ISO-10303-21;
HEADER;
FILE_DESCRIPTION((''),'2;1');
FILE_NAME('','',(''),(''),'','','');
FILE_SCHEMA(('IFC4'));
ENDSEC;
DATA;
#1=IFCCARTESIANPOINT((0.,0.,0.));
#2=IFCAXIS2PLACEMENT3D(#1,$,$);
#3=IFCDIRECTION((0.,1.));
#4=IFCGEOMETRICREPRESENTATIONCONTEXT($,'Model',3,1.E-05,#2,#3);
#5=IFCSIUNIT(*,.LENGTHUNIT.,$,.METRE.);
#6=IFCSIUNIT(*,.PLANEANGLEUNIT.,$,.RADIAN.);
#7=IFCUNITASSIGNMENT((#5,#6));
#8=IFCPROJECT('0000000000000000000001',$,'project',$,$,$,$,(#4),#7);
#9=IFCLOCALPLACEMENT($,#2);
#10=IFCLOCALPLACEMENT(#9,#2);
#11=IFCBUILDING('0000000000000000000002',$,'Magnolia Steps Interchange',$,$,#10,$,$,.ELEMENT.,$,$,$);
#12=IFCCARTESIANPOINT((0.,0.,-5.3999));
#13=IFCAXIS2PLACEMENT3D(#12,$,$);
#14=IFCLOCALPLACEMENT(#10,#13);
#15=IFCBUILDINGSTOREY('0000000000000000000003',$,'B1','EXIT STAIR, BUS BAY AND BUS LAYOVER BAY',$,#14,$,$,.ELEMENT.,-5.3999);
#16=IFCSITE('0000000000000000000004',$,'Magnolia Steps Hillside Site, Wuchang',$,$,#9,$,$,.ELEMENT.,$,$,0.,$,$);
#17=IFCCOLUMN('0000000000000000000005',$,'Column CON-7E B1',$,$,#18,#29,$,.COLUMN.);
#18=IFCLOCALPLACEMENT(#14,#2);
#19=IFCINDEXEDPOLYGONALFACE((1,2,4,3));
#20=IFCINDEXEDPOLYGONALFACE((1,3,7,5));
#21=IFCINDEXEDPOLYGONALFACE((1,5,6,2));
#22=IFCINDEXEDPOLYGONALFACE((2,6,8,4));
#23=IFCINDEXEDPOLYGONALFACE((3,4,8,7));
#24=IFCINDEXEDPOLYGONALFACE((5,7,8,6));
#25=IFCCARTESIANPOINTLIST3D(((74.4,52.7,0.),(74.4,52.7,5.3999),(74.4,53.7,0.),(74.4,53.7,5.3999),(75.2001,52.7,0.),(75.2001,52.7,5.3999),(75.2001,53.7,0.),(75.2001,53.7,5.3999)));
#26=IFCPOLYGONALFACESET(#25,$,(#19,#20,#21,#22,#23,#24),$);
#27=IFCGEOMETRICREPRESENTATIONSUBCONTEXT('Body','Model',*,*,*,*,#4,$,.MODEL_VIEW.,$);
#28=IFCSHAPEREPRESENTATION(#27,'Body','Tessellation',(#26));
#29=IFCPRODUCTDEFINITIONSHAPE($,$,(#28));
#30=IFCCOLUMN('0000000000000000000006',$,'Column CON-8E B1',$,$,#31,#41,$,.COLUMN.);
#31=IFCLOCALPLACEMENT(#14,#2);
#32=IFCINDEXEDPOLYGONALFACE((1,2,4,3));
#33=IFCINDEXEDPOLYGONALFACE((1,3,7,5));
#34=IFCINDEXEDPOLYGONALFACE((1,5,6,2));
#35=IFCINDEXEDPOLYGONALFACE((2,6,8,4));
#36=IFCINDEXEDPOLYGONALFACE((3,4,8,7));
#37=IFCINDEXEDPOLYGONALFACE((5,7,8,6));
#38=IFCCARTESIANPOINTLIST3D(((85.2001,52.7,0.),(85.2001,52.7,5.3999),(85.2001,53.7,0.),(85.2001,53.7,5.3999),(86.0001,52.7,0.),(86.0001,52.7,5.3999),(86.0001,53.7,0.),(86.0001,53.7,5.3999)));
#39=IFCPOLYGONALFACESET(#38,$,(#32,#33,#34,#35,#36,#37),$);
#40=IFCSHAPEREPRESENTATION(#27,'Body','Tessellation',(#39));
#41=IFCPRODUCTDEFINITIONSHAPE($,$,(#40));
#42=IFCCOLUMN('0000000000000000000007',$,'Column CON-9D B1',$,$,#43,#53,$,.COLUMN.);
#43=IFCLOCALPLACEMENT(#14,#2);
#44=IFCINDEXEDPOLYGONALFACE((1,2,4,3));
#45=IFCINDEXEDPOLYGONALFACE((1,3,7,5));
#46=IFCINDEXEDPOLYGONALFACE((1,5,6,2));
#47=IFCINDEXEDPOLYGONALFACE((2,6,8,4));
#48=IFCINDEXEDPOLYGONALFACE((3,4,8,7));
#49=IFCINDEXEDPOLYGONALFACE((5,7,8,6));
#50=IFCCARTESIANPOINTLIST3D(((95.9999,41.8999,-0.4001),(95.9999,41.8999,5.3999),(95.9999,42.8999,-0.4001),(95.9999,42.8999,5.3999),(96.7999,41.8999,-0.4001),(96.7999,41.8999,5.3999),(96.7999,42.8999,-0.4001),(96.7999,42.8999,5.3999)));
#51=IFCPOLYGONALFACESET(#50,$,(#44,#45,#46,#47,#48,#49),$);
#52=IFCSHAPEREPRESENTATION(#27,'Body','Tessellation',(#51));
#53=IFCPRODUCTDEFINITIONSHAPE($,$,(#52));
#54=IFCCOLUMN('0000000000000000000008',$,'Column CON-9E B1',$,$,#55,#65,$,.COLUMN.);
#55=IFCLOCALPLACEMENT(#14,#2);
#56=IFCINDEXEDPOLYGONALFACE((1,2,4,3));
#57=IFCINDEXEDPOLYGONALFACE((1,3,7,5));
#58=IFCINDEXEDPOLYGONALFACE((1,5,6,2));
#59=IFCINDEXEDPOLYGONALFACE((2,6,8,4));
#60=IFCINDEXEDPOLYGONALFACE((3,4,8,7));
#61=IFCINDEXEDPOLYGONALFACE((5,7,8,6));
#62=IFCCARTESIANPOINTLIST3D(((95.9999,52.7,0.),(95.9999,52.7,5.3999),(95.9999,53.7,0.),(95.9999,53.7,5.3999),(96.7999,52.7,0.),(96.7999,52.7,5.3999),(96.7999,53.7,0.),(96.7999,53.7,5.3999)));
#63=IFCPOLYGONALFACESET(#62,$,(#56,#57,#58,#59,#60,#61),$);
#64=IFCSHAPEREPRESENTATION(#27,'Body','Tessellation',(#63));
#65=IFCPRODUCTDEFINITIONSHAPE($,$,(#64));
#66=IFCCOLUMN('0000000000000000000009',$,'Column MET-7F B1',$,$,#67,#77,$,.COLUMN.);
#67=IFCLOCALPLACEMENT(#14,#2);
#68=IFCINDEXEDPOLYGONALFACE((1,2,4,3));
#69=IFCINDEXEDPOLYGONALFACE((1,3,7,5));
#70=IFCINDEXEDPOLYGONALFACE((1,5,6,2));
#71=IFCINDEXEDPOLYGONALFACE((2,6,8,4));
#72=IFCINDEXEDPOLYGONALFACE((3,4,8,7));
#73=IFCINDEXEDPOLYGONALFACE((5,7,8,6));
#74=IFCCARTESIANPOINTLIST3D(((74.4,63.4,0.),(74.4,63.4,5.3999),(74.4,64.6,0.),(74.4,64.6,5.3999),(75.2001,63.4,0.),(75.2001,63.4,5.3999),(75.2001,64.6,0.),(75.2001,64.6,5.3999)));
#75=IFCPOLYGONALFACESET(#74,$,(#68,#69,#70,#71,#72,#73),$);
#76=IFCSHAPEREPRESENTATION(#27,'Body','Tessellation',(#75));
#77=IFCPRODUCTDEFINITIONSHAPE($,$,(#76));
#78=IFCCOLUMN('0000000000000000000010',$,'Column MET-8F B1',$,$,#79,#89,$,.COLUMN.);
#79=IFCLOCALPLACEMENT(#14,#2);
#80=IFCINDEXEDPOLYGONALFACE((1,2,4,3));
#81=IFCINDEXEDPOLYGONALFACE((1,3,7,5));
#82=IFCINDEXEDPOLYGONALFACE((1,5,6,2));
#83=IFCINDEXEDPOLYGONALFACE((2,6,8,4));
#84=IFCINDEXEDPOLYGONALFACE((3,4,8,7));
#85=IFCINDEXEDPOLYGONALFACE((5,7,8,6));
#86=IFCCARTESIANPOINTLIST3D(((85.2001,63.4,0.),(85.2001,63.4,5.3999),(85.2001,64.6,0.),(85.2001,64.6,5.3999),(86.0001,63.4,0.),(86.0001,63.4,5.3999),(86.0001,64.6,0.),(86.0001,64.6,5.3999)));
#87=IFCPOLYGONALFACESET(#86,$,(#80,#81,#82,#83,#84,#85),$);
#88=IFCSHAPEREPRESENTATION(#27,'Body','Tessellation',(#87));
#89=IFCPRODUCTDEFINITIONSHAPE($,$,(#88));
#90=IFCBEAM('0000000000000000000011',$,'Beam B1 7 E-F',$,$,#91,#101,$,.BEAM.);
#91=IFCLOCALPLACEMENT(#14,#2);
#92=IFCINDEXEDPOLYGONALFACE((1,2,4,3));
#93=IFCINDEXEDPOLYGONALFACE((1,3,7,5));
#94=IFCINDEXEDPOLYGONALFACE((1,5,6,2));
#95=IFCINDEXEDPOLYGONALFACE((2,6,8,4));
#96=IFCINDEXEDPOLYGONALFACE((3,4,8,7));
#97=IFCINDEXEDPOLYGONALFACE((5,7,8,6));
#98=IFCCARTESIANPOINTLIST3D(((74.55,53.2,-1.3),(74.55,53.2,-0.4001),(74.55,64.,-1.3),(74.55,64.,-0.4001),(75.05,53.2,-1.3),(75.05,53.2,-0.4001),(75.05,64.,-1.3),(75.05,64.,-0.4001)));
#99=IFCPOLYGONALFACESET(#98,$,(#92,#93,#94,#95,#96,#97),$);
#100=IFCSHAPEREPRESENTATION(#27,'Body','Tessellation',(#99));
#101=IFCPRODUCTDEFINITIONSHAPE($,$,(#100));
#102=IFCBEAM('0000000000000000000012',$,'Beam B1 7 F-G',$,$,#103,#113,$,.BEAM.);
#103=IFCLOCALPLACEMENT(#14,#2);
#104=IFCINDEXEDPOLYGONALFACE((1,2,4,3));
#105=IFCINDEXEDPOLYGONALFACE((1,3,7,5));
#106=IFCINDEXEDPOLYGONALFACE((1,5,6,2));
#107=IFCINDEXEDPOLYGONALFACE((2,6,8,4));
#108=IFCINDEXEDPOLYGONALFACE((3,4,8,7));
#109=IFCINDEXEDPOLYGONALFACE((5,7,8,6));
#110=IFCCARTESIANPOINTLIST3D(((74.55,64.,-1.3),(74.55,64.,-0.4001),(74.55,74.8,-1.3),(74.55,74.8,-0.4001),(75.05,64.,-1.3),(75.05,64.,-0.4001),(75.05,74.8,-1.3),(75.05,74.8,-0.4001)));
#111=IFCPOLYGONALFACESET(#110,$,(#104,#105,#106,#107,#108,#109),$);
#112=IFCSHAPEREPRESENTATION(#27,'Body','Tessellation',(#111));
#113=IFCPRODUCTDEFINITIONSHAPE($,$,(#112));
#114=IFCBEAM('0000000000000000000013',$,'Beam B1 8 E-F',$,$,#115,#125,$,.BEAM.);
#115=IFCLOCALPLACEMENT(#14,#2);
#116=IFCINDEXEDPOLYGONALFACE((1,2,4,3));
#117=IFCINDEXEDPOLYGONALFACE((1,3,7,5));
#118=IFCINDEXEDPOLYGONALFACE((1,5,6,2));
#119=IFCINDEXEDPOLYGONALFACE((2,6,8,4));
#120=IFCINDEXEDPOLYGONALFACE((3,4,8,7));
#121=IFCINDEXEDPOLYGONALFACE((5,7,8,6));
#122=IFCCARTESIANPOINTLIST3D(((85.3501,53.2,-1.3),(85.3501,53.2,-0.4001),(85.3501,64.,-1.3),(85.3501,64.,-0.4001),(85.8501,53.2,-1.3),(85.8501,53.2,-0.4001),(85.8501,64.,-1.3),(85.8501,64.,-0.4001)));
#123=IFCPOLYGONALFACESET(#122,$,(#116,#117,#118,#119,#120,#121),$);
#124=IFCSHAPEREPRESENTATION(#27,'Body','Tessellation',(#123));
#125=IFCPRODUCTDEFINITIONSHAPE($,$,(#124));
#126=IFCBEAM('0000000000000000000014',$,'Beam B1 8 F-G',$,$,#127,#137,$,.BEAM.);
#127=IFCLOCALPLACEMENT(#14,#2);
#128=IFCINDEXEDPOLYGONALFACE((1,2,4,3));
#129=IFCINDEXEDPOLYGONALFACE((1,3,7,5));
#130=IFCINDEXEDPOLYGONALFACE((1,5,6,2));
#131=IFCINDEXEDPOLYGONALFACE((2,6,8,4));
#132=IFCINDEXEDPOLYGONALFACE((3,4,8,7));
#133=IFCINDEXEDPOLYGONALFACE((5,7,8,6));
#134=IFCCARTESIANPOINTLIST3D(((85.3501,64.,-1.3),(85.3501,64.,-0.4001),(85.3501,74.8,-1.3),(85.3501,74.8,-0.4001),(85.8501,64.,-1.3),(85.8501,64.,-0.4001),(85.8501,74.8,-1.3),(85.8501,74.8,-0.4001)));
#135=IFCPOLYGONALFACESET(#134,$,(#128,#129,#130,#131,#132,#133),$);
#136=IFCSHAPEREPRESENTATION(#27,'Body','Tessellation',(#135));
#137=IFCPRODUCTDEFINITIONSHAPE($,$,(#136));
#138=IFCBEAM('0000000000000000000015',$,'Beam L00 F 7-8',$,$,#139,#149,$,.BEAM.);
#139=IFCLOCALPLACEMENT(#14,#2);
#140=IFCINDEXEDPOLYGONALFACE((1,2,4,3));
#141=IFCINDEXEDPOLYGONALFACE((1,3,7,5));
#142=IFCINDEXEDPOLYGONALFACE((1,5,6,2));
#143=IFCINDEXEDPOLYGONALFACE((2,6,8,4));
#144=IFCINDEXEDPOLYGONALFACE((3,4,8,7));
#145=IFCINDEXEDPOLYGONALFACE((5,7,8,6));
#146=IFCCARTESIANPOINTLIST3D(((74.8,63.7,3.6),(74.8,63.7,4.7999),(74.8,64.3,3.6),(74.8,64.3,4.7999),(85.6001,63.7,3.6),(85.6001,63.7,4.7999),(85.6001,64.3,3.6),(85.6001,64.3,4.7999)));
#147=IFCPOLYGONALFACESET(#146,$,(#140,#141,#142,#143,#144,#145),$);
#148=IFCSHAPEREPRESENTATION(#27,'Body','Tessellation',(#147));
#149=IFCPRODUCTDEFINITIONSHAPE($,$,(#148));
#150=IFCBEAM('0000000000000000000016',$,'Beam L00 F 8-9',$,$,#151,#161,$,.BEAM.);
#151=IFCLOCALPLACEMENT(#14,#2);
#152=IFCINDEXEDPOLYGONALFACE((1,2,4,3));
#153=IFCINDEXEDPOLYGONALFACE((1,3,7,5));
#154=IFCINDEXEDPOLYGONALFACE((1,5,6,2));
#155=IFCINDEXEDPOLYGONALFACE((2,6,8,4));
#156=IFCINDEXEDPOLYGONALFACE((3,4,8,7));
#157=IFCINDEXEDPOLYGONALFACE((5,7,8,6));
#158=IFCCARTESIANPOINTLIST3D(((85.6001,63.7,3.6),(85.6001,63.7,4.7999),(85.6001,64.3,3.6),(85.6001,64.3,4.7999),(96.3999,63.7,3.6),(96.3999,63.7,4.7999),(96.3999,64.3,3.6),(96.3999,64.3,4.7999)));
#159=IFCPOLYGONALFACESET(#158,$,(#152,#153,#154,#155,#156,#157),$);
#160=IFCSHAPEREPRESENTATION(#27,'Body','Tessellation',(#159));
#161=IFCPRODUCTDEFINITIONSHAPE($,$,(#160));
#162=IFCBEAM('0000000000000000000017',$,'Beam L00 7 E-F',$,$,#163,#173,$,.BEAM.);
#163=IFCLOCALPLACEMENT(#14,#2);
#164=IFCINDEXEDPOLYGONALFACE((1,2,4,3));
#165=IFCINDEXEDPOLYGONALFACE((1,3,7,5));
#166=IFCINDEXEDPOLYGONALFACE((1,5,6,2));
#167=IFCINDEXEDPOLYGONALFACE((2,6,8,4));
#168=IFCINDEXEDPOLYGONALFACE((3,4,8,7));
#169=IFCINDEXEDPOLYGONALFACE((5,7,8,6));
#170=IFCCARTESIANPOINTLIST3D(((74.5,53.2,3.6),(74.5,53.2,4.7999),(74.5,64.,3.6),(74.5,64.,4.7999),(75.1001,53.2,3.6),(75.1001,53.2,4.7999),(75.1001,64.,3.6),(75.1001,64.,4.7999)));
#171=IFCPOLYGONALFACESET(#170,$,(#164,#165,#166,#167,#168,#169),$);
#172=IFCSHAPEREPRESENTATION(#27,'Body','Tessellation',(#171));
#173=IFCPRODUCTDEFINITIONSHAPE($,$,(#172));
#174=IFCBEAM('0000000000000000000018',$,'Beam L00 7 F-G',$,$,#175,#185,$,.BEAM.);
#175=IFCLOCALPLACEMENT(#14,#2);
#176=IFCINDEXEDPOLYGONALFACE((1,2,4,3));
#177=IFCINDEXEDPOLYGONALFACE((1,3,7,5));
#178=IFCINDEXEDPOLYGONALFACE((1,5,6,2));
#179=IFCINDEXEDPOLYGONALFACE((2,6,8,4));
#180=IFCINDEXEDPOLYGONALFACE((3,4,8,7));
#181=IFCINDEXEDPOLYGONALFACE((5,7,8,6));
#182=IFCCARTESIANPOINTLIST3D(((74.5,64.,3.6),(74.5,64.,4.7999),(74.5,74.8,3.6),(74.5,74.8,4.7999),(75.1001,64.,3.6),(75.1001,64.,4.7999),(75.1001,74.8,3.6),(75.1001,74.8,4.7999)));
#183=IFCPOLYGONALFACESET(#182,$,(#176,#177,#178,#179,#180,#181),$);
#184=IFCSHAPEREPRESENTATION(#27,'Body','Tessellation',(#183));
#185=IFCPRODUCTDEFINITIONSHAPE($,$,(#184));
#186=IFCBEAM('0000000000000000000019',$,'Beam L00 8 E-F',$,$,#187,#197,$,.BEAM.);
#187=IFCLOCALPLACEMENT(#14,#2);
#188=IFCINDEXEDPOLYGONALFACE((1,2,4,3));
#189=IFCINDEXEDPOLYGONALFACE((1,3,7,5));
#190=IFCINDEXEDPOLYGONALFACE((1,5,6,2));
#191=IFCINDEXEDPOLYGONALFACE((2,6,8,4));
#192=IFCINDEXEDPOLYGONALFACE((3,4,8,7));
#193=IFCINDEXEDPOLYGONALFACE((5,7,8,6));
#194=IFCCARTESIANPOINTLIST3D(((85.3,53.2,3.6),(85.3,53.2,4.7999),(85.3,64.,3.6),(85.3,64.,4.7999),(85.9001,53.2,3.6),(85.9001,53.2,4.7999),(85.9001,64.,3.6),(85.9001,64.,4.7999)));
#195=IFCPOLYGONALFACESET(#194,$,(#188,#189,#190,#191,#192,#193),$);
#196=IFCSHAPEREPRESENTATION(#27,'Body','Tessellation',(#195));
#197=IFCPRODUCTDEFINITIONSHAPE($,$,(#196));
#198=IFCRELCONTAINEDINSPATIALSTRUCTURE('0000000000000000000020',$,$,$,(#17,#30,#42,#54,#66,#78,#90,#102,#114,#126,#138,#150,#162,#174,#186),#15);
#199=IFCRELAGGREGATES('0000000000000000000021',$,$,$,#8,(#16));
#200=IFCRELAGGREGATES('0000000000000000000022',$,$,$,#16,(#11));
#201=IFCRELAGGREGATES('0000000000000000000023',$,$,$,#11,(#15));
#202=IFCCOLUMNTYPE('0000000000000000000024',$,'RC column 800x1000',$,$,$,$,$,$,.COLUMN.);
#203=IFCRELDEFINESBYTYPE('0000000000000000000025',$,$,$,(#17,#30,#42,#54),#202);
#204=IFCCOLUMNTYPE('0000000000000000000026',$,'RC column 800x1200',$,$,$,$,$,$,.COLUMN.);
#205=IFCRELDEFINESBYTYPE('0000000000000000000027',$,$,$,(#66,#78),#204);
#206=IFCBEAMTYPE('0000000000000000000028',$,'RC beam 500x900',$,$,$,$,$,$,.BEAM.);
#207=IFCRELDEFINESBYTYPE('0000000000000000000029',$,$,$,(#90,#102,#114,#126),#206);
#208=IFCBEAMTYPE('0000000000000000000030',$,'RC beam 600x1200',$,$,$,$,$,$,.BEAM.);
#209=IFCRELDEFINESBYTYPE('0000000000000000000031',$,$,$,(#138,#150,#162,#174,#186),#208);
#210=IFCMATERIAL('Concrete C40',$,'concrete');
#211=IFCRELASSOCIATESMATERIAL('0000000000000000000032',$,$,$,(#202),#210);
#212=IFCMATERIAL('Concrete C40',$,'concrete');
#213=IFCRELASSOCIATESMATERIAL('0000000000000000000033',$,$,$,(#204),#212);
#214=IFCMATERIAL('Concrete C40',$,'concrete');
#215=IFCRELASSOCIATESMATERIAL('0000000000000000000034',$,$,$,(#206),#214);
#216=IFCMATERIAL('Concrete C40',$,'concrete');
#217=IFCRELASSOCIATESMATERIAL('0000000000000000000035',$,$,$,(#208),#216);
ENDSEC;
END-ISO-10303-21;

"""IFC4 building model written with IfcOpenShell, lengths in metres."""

from ifc_helpers import new_model, si_unit, direction, frame, origin, origin_2d, place, context, subcontext, project, spatial, rectangle, extrude, material, material_profile, profile_set, type_object, element, save


model = new_model("IFC4")

# Units and contexts
model_context = context("Model", 3, precision=1e-05, world=origin(), true_north=direction((0.0, 1.0)))
body_context = subcontext(model_context, "Body", "Model", "MODEL_VIEW")
ifc_project = project(units=[si_unit("LENGTHUNIT", "METRE"), si_unit("PLANEANGLEUNIT", "RADIAN")], contexts=[model_context])

# Site, building, storey
site_placement = place(None, origin())
site = spatial("IfcSite", under=ifc_project, at=site_placement, Name="Magnolia Steps Hillside Site, Wuchang", CompositionType="ELEMENT", RefElevation=0.0)
building_placement = place(site_placement, origin())
building = spatial("IfcBuilding", under=site, at=building_placement, Name="Magnolia Steps Interchange", CompositionType="ELEMENT")
storey_placement = place(building_placement, frame((0.0, 0.0, -5.3999)))
storey = spatial("IfcBuildingStorey", under=building, at=storey_placement, Name="B1", Description="EXIT STAIR, BUS BAY AND BUS LAYOVER BAY", CompositionType="ELEMENT", Elevation=-5.3999)

# Columns
ifc_material_1 = material(Name="Concrete C40", Category="concrete")
ifc_material_profile_1 = material_profile(ifc_material_1, rectangle(XDim=0.8, YDim=1.0, at=origin_2d()), Name="RC800x1000")
ifc_profile_set_1 = profile_set([ifc_material_profile_1], Name="Concrete C40")
column_type_1 = type_object("IfcColumnType", Name="RC column 800x1000", PredefinedType="COLUMN", material=ifc_profile_set_1)
for number, where, z_axis, x_axis, name in (
    (1, (74.8, 53.2, 0.0), (0.0, 0.0, 1.0), (1.0, 0.0, 0.0), "Column CON-7E B1"),
    (2, (85.6001, 53.2, 0.0), (0.0, 0.0, 1.0), (1.0, 0.0, 0.0), "Column CON-8E B1"),
):
    element("IfcColumn", number, at=place(storey_placement, frame(where, z_axis=z_axis, x_axis=x_axis)), inside=storey, type_object=column_type_1, Name=name, PredefinedType="COLUMN", context=body_context, shape_type="SweptSolid", body=[
        extrude(rectangle(XDim=0.8, YDim=1.0, at=origin_2d()), origin(), (0.0, 0.0, 1.0), 5.3999),
    ])
column_1_placement = place(storey_placement, frame((96.3999, 42.3999, -0.4001), z_axis=(0.0, 0.0, 1.0), x_axis=(1.0, 0.0, 0.0)))
element("IfcColumn", 3, at=column_1_placement, inside=storey, type_object=column_type_1, Name="Column CON-9D B1", PredefinedType="COLUMN", context=body_context, shape_type="SweptSolid", body=[
    extrude(rectangle(XDim=0.8, YDim=1.0, at=origin_2d()), origin(), (0.0, 0.0, 1.0), 5.8),
])
column_2_placement = place(storey_placement, frame((96.3999, 53.2, 0.0), z_axis=(0.0, 0.0, 1.0), x_axis=(1.0, 0.0, 0.0)))
element("IfcColumn", 4, at=column_2_placement, inside=storey, type_object=column_type_1, Name="Column CON-9E B1", PredefinedType="COLUMN", context=body_context, shape_type="SweptSolid", body=[
    extrude(rectangle(XDim=0.8, YDim=1.0, at=origin_2d()), origin(), (0.0, 0.0, 1.0), 5.3999),
])
ifc_material_2 = material(Name="Concrete C40", Category="concrete")
ifc_material_profile_2 = material_profile(ifc_material_2, rectangle(XDim=0.8, YDim=1.2, at=origin_2d()), Name="RC800x1200")
ifc_profile_set_2 = profile_set([ifc_material_profile_2], Name="Concrete C40")
column_type_2 = type_object("IfcColumnType", Name="RC column 800x1200", PredefinedType="COLUMN", material=ifc_profile_set_2)
for number, where, z_axis, x_axis, name in (
    (5, (74.8, 64.0, 0.0), (0.0, 0.0, 1.0), (1.0, 0.0, 0.0), "Column MET-7F B1"),
    (6, (85.6001, 64.0, 0.0), (0.0, 0.0, 1.0), (1.0, 0.0, 0.0), "Column MET-8F B1"),
):
    element("IfcColumn", number, at=place(storey_placement, frame(where, z_axis=z_axis, x_axis=x_axis)), inside=storey, type_object=column_type_2, Name=name, PredefinedType="COLUMN", context=body_context, shape_type="SweptSolid", body=[
        extrude(rectangle(XDim=0.8, YDim=1.2, at=origin_2d()), origin(), (0.0, 0.0, 1.0), 5.3999),
    ])

# Beams
ifc_material_3 = material(Name="Concrete C40", Category="concrete")
ifc_material_profile_3 = material_profile(ifc_material_3, rectangle(XDim=0.5, YDim=0.8999, at=origin_2d()), Name="RC500x900")
ifc_profile_set_3 = profile_set([ifc_material_profile_3], Name="Concrete C40")
beam_type_1 = type_object("IfcBeamType", Name="RC beam 500x900", PredefinedType="BEAM", material=ifc_profile_set_3)
for number, where, z_axis, x_axis, name in (
    (7, (74.8, 53.2, -0.8501), (0.0, 1.0, 0.0), (-1.0, 0.0, 0.0), "Beam B1 7 E-F"),
    (8, (74.8, 64.0, -0.8501), (0.0, 1.0, 0.0), (-1.0, 0.0, 0.0), "Beam B1 7 F-G"),
    (9, (85.6001, 53.2, -0.8501), (0.0, 1.0, 0.0), (-1.0, 0.0, 0.0), "Beam B1 8 E-F"),
    (10, (85.6001, 64.0, -0.8501), (0.0, 1.0, 0.0), (-1.0, 0.0, 0.0), "Beam B1 8 F-G"),
):
    element("IfcBeam", number, at=place(storey_placement, frame(where, z_axis=z_axis, x_axis=x_axis)), inside=storey, type_object=beam_type_1, Name=name, PredefinedType="BEAM", context=body_context, shape_type="SweptSolid", body=[
        extrude(rectangle(XDim=0.5, YDim=0.8999, at=origin_2d()), origin(), (0.0, 0.0, 1.0), 10.8),
    ])
ifc_material_4 = material(Name="Concrete C40", Category="concrete")
ifc_material_profile_4 = material_profile(ifc_material_4, rectangle(XDim=0.6001, YDim=1.2, at=origin_2d()), Name="RC600x1200")
ifc_profile_set_4 = profile_set([ifc_material_profile_4], Name="Concrete C40")
beam_type_2 = type_object("IfcBeamType", Name="RC beam 600x1200", PredefinedType="BEAM", material=ifc_profile_set_4)
beam_1_placement = place(storey_placement, frame((74.8, 64.0, 4.2), z_axis=(1.0, 0.0, 0.0), x_axis=(0.0, 1.0, 0.0)))
element("IfcBeam", 11, at=beam_1_placement, inside=storey, type_object=beam_type_2, Name="Beam L00 F 7-8", PredefinedType="BEAM", context=body_context, shape_type="SweptSolid", body=[
    extrude(rectangle(XDim=0.6001, YDim=1.2, at=origin_2d()), origin(), (0.0, 0.0, 1.0), 10.8),
])
beam_2_placement = place(storey_placement, frame((85.6001, 64.0, 4.2), z_axis=(1.0, 0.0, 0.0), x_axis=(0.0, 1.0, 0.0)))
element("IfcBeam", 12, at=beam_2_placement, inside=storey, type_object=beam_type_2, Name="Beam L00 F 8-9", PredefinedType="BEAM", context=body_context, shape_type="SweptSolid", body=[
    extrude(rectangle(XDim=0.6001, YDim=1.2, at=origin_2d()), origin(), (0.0, 0.0, 1.0), 10.7998),
])
for number, where, z_axis, x_axis, name in (
    (13, (74.8, 53.2, 4.2), (0.0, 1.0, 0.0), (-1.0, 0.0, 0.0), "Beam L00 7 E-F"),
    (14, (74.8, 64.0, 4.2), (0.0, 1.0, 0.0), (-1.0, 0.0, 0.0), "Beam L00 7 F-G"),
    (15, (85.6001, 53.2, 4.2), (0.0, 1.0, 0.0), (-1.0, 0.0, 0.0), "Beam L00 8 E-F"),
):
    element("IfcBeam", number, at=place(storey_placement, frame(where, z_axis=z_axis, x_axis=x_axis)), inside=storey, type_object=beam_type_2, Name=name, PredefinedType="BEAM", context=body_context, shape_type="SweptSolid", body=[
        extrude(rectangle(XDim=0.6001, YDim=1.2, at=origin_2d()), origin(), (0.0, 0.0, 1.0), 10.8),
    ])

save(model, "model.ifc")
